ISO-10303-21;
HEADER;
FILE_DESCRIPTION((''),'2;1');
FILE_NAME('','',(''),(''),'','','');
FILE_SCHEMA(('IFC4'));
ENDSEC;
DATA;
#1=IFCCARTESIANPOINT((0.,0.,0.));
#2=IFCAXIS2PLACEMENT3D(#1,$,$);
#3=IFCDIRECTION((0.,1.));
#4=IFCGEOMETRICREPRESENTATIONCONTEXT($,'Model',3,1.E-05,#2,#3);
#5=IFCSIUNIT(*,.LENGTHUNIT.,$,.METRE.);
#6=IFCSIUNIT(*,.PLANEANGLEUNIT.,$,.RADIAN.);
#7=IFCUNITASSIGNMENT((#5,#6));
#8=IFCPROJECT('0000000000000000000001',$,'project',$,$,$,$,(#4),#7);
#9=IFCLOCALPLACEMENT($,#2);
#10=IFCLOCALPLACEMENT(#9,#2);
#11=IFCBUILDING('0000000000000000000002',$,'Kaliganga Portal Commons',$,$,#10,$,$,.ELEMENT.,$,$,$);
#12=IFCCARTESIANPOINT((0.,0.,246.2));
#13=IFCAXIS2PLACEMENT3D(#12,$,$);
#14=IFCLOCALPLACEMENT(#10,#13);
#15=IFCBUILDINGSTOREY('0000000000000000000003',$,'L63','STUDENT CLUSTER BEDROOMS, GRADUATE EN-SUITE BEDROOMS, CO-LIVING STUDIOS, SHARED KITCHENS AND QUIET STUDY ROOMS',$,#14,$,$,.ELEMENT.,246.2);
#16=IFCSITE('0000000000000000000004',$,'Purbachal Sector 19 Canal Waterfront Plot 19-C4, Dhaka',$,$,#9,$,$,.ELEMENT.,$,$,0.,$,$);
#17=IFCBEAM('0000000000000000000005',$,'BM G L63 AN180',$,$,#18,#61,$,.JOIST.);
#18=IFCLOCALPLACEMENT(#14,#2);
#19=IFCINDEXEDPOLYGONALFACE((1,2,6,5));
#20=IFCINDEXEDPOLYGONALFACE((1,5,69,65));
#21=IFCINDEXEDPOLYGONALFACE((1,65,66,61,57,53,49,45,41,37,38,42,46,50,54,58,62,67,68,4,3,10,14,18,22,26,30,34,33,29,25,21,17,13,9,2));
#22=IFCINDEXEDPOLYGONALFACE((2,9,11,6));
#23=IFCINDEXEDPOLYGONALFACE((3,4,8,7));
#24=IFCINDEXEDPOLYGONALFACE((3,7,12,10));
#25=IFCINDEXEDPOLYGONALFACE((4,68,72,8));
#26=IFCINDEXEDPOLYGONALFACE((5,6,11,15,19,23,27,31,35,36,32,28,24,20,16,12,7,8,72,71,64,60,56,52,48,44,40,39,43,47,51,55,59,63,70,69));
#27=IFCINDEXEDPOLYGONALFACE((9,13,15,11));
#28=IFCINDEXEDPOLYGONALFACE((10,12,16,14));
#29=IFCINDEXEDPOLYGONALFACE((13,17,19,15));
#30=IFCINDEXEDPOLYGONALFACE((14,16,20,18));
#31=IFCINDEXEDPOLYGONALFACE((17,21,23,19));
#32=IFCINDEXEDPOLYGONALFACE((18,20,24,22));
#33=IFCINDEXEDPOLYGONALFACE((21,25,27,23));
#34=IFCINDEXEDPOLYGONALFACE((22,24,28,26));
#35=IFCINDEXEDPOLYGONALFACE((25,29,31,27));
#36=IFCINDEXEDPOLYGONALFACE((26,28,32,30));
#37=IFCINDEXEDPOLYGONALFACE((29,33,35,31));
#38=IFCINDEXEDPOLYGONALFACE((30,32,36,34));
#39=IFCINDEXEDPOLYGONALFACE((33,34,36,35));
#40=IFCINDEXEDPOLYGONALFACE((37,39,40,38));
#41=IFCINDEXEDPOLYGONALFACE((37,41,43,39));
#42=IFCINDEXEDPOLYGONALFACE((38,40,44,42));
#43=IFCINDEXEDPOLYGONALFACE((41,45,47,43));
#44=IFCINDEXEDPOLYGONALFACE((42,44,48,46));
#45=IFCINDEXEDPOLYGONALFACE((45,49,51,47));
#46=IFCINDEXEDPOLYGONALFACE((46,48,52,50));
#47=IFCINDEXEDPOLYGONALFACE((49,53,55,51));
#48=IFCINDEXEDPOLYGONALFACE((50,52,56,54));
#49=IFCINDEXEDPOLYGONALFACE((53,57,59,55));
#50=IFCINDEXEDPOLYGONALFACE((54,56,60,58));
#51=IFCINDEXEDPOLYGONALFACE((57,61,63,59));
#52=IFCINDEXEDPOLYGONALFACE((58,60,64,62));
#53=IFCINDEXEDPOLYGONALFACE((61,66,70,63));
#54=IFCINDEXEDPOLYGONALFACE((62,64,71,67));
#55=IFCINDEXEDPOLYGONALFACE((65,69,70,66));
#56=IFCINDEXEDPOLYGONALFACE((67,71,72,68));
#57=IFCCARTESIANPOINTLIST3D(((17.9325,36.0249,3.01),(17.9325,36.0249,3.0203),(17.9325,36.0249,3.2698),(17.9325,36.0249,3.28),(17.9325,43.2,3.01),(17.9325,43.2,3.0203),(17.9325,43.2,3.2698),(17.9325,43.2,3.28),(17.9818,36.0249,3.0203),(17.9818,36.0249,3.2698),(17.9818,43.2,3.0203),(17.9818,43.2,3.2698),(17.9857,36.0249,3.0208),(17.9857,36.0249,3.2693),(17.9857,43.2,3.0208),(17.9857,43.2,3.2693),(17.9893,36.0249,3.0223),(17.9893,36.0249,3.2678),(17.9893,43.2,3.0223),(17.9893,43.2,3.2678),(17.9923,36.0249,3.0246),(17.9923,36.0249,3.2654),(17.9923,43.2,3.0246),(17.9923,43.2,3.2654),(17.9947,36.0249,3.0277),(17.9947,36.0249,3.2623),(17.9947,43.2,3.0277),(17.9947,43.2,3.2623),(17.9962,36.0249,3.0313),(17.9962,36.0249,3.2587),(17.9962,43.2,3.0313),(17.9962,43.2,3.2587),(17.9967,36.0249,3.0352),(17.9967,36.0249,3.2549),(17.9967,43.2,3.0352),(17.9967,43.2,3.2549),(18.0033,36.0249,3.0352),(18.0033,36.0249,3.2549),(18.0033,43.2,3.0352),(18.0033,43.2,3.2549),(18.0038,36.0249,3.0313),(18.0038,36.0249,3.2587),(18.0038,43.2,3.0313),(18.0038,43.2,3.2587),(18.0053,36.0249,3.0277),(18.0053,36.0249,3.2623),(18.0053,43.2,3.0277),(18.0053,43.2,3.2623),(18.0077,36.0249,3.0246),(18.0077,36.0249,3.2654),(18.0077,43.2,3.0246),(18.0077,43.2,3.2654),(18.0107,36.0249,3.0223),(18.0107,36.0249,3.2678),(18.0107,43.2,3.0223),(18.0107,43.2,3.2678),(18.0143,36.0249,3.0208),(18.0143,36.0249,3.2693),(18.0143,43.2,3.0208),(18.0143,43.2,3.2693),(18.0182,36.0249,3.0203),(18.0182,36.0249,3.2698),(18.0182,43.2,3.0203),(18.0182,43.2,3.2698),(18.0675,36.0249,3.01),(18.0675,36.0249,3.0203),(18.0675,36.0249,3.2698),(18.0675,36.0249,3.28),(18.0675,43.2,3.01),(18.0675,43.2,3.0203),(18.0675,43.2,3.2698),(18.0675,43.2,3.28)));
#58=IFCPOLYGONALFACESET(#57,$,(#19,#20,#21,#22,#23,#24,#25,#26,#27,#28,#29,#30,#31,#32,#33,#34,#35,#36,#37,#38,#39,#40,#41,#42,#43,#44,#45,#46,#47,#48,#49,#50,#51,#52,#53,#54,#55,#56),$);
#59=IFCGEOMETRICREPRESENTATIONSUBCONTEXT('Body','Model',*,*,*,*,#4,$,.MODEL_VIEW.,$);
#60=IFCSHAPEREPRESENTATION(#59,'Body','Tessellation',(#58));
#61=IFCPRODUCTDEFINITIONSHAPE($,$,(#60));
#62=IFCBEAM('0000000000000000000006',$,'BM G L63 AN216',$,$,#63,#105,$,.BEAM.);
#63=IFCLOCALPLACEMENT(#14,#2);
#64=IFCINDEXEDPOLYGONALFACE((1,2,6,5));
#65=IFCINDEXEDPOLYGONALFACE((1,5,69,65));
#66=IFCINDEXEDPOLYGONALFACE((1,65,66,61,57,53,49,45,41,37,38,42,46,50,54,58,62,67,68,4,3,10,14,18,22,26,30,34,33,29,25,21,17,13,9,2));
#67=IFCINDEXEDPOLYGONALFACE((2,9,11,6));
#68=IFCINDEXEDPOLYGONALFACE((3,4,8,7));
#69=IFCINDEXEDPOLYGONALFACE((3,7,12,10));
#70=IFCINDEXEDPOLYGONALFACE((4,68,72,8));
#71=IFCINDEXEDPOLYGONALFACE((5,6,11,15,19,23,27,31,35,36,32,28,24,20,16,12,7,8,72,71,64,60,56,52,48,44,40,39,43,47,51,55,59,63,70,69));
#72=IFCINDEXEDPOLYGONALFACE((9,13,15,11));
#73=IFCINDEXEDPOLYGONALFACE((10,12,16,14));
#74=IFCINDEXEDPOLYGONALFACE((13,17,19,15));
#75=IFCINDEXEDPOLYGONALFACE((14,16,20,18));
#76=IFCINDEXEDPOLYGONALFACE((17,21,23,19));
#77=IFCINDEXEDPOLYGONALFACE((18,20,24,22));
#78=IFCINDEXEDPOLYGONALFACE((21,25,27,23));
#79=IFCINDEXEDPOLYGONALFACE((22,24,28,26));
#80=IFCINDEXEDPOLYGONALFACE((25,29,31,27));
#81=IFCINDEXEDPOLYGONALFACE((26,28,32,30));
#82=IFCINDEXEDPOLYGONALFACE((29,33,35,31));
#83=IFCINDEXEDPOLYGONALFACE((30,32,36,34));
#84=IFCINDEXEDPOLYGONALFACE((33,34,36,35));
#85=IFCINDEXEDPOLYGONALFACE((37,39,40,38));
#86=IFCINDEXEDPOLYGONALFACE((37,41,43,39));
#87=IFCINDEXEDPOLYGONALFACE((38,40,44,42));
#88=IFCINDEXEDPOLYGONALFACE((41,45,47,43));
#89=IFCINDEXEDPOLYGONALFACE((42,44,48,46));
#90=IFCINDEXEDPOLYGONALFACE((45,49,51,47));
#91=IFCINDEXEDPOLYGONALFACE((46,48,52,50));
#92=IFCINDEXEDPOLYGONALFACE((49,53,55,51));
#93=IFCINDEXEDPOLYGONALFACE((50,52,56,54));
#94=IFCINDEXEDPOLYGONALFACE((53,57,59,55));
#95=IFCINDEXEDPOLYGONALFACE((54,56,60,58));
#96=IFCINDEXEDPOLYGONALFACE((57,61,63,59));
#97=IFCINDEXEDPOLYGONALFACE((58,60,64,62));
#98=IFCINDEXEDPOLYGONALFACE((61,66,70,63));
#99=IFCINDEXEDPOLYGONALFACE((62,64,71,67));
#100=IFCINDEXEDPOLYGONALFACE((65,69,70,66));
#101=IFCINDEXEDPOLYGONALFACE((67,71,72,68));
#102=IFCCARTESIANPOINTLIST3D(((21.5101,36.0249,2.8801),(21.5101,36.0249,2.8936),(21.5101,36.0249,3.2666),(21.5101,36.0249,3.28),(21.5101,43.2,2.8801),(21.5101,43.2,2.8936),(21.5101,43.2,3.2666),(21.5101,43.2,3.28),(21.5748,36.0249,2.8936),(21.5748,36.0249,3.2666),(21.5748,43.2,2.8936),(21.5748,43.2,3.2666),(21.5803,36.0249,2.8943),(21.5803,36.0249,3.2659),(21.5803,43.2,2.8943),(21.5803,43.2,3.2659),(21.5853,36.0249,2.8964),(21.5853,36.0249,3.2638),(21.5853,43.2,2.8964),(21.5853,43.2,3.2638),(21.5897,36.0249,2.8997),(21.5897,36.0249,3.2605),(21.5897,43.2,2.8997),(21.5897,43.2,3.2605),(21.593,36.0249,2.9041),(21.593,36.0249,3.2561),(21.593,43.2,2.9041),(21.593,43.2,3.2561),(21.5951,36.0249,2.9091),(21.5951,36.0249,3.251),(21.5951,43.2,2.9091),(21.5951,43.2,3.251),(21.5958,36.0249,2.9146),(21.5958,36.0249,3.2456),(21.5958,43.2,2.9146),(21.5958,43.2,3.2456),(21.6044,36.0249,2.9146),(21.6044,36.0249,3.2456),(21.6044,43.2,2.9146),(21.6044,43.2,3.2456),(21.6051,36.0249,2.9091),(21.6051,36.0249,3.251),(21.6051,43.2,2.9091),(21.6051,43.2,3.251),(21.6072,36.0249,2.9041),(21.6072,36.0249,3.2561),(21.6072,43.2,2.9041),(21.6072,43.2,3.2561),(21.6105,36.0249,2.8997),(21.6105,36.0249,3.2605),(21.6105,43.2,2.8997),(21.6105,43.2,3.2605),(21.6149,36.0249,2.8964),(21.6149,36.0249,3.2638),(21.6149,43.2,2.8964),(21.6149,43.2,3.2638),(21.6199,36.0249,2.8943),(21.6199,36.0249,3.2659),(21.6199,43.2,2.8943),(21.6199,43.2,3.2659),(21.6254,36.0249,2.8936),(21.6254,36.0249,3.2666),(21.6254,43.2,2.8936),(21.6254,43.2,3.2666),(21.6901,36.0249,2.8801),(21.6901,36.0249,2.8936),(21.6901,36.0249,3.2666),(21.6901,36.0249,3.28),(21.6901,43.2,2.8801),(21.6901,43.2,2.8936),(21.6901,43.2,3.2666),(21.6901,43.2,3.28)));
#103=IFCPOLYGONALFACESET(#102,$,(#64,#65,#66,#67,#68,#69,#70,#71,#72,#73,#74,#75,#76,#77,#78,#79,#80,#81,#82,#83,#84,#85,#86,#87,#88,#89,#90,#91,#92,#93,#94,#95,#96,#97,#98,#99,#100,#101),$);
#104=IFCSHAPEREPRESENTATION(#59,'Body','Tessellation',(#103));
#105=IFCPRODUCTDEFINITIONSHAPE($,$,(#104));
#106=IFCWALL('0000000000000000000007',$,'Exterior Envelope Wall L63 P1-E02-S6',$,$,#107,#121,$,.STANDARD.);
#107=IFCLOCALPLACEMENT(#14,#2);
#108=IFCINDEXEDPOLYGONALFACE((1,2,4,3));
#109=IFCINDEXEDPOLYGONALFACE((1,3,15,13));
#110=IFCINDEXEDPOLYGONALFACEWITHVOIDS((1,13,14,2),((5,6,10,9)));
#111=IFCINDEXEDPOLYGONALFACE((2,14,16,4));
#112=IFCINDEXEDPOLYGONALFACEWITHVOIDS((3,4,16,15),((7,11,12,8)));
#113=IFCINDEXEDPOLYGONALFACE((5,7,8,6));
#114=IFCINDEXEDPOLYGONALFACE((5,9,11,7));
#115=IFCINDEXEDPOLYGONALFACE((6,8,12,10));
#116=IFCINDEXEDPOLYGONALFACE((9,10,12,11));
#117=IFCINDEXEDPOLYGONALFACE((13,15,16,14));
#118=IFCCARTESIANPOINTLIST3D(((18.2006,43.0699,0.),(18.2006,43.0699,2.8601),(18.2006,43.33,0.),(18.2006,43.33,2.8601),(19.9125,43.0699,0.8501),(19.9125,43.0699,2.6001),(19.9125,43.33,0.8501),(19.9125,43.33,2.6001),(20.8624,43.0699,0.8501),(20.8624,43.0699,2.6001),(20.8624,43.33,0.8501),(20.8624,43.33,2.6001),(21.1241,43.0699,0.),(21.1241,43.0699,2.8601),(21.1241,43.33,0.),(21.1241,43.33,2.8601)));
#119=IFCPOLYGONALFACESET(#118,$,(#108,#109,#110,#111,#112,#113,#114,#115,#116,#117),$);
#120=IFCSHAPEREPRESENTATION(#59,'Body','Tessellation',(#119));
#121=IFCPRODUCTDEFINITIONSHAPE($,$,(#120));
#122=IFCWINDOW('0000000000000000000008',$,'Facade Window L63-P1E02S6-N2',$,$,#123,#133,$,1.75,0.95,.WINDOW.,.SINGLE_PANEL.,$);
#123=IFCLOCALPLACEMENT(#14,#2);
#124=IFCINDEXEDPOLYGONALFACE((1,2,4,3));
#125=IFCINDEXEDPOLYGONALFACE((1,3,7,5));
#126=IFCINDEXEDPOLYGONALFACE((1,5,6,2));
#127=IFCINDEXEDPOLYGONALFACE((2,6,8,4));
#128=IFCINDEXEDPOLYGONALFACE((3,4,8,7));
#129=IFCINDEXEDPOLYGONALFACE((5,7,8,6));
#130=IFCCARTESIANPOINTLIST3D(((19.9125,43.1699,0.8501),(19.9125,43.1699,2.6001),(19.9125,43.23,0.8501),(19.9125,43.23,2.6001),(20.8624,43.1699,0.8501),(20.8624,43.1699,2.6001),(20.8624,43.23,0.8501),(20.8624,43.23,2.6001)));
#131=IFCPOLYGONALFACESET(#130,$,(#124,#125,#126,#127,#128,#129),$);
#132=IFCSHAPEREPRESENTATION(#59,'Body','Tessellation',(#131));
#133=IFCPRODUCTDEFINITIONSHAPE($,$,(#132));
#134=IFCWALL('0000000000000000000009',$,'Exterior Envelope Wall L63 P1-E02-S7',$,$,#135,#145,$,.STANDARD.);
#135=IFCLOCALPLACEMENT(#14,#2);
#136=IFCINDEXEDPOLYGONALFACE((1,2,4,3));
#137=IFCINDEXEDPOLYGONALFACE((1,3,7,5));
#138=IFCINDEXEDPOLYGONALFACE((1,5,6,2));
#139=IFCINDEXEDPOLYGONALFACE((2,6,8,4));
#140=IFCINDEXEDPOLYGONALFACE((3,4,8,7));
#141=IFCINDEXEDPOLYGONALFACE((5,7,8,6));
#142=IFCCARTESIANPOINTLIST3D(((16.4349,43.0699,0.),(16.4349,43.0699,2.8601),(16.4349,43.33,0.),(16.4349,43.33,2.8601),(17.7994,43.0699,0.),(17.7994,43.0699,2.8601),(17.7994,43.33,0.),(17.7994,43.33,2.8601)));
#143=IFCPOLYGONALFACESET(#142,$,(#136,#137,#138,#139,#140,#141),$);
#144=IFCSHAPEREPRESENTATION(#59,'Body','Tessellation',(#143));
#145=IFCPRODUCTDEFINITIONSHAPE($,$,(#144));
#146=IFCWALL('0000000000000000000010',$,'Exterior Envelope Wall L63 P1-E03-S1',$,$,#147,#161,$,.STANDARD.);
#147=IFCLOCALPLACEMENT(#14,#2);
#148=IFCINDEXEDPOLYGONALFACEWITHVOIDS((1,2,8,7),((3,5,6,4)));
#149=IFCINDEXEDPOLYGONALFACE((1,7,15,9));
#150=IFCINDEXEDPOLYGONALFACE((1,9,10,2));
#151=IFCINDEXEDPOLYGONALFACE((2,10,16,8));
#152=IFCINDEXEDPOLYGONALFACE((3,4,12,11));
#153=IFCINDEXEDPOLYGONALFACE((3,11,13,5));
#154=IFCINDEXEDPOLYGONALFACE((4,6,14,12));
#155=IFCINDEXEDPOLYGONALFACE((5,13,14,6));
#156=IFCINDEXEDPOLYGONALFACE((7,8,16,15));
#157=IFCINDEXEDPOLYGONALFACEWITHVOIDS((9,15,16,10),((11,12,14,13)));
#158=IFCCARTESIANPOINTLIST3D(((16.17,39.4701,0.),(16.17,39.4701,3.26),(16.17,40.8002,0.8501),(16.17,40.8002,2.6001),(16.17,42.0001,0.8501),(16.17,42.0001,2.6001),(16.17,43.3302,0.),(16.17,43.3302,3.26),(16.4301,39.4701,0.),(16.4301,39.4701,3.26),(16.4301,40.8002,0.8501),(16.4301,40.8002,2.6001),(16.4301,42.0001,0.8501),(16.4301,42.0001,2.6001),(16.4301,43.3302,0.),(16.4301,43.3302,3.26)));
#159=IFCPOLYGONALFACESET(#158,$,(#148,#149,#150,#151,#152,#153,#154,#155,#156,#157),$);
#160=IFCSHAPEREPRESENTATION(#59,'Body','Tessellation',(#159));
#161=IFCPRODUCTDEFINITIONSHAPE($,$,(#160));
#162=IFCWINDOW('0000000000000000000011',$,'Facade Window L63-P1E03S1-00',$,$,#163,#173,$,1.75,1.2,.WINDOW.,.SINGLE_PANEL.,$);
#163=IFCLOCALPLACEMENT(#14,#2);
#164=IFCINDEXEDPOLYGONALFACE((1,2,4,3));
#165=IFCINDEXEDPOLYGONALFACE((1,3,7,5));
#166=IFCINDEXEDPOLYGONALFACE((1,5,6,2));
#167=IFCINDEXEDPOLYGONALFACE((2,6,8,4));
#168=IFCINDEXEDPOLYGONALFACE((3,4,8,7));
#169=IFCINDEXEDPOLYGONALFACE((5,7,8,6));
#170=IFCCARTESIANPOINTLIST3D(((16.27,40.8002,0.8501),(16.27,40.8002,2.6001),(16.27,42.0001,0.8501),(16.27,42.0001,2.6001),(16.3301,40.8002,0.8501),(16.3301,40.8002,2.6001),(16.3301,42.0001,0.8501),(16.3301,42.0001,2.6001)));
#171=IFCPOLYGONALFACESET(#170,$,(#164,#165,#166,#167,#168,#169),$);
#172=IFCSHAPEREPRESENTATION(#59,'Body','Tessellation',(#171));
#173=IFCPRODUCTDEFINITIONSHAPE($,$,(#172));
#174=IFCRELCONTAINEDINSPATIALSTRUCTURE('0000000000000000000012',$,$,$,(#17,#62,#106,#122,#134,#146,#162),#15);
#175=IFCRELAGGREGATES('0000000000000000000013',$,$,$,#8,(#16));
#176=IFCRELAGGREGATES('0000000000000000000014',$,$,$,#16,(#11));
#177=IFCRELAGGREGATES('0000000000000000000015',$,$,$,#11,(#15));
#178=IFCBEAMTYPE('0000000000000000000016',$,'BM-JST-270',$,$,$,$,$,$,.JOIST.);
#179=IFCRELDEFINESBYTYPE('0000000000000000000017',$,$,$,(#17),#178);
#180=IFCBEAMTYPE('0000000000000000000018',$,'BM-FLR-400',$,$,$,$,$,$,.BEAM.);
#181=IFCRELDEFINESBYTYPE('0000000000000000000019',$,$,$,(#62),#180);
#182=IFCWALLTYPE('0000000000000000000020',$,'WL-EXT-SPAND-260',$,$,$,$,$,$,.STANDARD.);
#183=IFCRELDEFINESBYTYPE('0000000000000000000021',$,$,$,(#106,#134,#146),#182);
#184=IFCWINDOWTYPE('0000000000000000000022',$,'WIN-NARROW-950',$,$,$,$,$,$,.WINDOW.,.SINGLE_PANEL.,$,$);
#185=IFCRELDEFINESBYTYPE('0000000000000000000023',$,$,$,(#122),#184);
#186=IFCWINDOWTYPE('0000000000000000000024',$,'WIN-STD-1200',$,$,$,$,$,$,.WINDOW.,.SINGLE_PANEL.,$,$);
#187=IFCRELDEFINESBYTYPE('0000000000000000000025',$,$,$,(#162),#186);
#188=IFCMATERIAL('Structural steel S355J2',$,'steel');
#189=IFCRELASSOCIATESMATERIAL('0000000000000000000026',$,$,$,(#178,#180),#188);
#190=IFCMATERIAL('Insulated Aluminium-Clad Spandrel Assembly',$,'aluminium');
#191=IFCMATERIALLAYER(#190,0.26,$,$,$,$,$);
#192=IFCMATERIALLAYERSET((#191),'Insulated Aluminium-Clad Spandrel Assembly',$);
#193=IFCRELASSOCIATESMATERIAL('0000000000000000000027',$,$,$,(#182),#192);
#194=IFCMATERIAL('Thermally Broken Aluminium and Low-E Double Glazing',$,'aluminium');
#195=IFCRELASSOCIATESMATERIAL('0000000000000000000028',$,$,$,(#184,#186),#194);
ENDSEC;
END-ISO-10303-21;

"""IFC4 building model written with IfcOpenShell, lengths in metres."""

from ifc_helpers import new_model, si_unit, direction, frame, frame_2d, origin, origin_2d, place, context, subcontext, project, spatial, rectangle, i_section, extrude, source, transform, mapped, material, layer, layer_set, material_profile, profile_set, type_object, element, fill, save


model = new_model("IFC4")

# Units and contexts
model_context = context("Model", 3, precision=1e-05, world=origin(), true_north=direction((0.0, 1.0)))
body_context = subcontext(model_context, "Body", "Model", "MODEL_VIEW")
ifc_project = project(units=[si_unit("LENGTHUNIT", "METRE"), si_unit("PLANEANGLEUNIT", "RADIAN")], contexts=[model_context])

# Site, building, storey
site_placement = place(None, origin())
site = spatial("IfcSite", under=ifc_project, at=site_placement, Name="Purbachal Sector 19 Canal Waterfront Plot 19-C4, Dhaka", CompositionType="ELEMENT", RefElevation=0.0)
building_placement = place(site_placement, origin())
building = spatial("IfcBuilding", under=site, at=building_placement, Name="Kaliganga Portal Commons", CompositionType="ELEMENT")
storey_placement = place(building_placement, frame((0.0, 0.0, 246.2)))
storey = spatial("IfcBuildingStorey", under=building, at=storey_placement, Name="L63", Description="STUDENT CLUSTER BEDROOMS, GRADUATE EN-SUITE BEDROOMS, CO-LIVING STUDIOS, SHARED KITCHENS AND QUIET STUDY ROOMS", CompositionType="ELEMENT", Elevation=246.2)

# Shared definitions
ifc_material_1 = material(Name="Structural steel S355J2", Category="steel")

# Beams
ifc_material_profile_1 = material_profile(ifc_material_1, i_section(OverallWidth=0.135, OverallDepth=0.27, WebThickness=0.0066, FlangeThickness=0.0103, FilletRadius=0.0149, at=origin_2d()), Name="IPE 270")
ifc_profile_set_1 = profile_set([ifc_material_profile_1], Name="Structural steel S355J2 wide-flange")
beam_type_1 = type_object("IfcBeamType", Name="BM-JST-270", PredefinedType="JOIST", material=ifc_profile_set_1)
shared_shape_1 = source(origin(), body_context, "Body", "SweptSolid", [
    extrude(i_section(OverallWidth=0.135, OverallDepth=0.27, WebThickness=0.0066, FlangeThickness=0.0103, FilletRadius=0.0149, at=origin_2d()), origin(), (0.0, 0.0, 1.0), 7.175),
])
beam_1_placement = place(storey_placement, frame((18.0, 36.0249, 3.145), z_axis=(0.0, 1.0, 0.0), x_axis=(-1.0, 0.0, 0.0)))
element("IfcBeam", 1, at=beam_1_placement, inside=storey, type_object=beam_type_1, Name="BM G L63 AN180", PredefinedType="JOIST", context=body_context, shape_type="MappedRepresentation", body=[
    mapped(shared_shape_1, transform((0.0, 0.0, 0.0), x_axis=(1.0, 0.0, 0.0), y_axis=(0.0, 1.0, 0.0), z_axis=(0.0, 0.0, 1.0), scale=1.0)),
])
ifc_material_profile_2 = material_profile(ifc_material_1, i_section(OverallWidth=0.1799, OverallDepth=0.3999, WebThickness=0.0085, FlangeThickness=0.0134, FilletRadius=0.021, at=origin_2d()), Name="IPE 400")
ifc_profile_set_2 = profile_set([ifc_material_profile_2], Name="Structural steel S355J2 wide-flange")
beam_type_2 = type_object("IfcBeamType", Name="BM-FLR-400", PredefinedType="BEAM", material=ifc_profile_set_2)
shared_shape_2 = source(origin(), body_context, "Body", "SweptSolid", [
    extrude(i_section(OverallWidth=0.1799, OverallDepth=0.3999, WebThickness=0.0085, FlangeThickness=0.0134, FilletRadius=0.021, at=origin_2d()), origin(), (0.0, 0.0, 1.0), 7.175),
])
beam_2_placement = place(storey_placement, frame((21.6001, 36.0249, 3.0801), z_axis=(0.0, 1.0, 0.0), x_axis=(-1.0, 0.0, 0.0)))
element("IfcBeam", 2, at=beam_2_placement, inside=storey, type_object=beam_type_2, Name="BM G L63 AN216", PredefinedType="BEAM", context=body_context, shape_type="MappedRepresentation", body=[
    mapped(shared_shape_2, transform((0.0, 0.0, 0.0), x_axis=(1.0, 0.0, 0.0), y_axis=(0.0, 1.0, 0.0), z_axis=(0.0, 0.0, 1.0), scale=1.0)),
])

# Wall, opening, window
ifc_material_2 = material(Name="Insulated Aluminium-Clad Spandrel Assembly", Category="aluminium")
ifc_layer_1 = layer(ifc_material_2, 0.26)
ifc_layer_set_1 = layer_set([ifc_layer_1], Name="Insulated Aluminium-Clad Spandrel Assembly")
wall_type_1 = type_object("IfcWallType", Name="WL-EXT-SPAND-260", PredefinedType="STANDARD", material=ifc_layer_set_1)
wall_1_placement = place(storey_placement, frame((18.2004, 43.2, 0.0), z_axis=(0.0, 0.0, 1.0), x_axis=(1.0, 0.0, 0.0)))
wall_1 = element("IfcWall", 3, at=wall_1_placement, inside=storey, type_object=wall_type_1, Name="Exterior Envelope Wall L63 P1-E02-S6", PredefinedType="STANDARD", context=body_context, shape_type="SweptSolid", body=[
    extrude(rectangle(XDim=2.9236, YDim=0.26, at=frame_2d((1.4619, 0.0))), origin(), (0.0, 0.0, 1.0), 2.8601),
])
opening_1_placement = place(wall_1_placement, frame((1.7119, 0.0, 0.8501)))
opening_1 = element("IfcOpeningElement", 4, at=opening_1_placement, cuts=wall_1, PredefinedType="OPENING", context=body_context, shape_type="SweptSolid", body=[
    extrude(rectangle(XDim=0.95, YDim=1.75, at=frame_2d((0.4751, 0.875))), frame((0.0, 0.1401, 0.0), z_axis=(0.0, -1.0, 0.0), x_axis=(1.0, 0.0, 0.0)), (0.0, 0.0, 1.0), 0.28),
])
ifc_material_3 = material(Name="Thermally Broken Aluminium and Low-E Double Glazing", Category="aluminium")
window_type_1 = type_object("IfcWindowType", Name="WIN-NARROW-950", PartitioningType="SINGLE_PANEL", PredefinedType="WINDOW", material=ifc_material_3)
window_1_placement = place(opening_1_placement, origin())
window_1 = element("IfcWindow", 5, at=window_1_placement, inside=storey, type_object=window_type_1, Name="Facade Window L63-P1E02S6-N2", OverallHeight=1.75, OverallWidth=0.95, PartitioningType="SINGLE_PANEL", PredefinedType="WINDOW", context=body_context, shape_type="SweptSolid", body=[
    extrude(rectangle(XDim=0.95, YDim=1.75, at=frame_2d((0.4751, 0.875))), frame((0.0, 0.03, 0.0), z_axis=(0.0, -1.0, 0.0), x_axis=(1.0, 0.0, 0.0)), (0.0, 0.0, 1.0), 0.0601),
])
fill(opening_1, window_1)

# Wall
wall_2_placement = place(storey_placement, frame((16.4351, 43.2, 0.0), z_axis=(0.0, 0.0, 1.0), x_axis=(1.0, 0.0, 0.0)))
element("IfcWall", 6, at=wall_2_placement, inside=storey, type_object=wall_type_1, Name="Exterior Envelope Wall L63 P1-E02-S7", PredefinedType="STANDARD", context=body_context, shape_type="SweptSolid", body=[
    extrude(rectangle(XDim=1.3645, YDim=0.26, at=frame_2d((0.6821, 0.0))), origin(), (0.0, 0.0, 1.0), 2.8601),
])

# Wall, opening, window
wall_3_placement = place(storey_placement, frame((16.3, 39.47, 0.0), z_axis=(0.0, 0.0, 1.0), x_axis=(0.0, 1.0, 0.0)))
wall_3 = element("IfcWall", 7, at=wall_3_placement, inside=storey, type_object=wall_type_1, Name="Exterior Envelope Wall L63 P1-E03-S1", PredefinedType="STANDARD", context=body_context, shape_type="SweptSolid", body=[
    extrude(rectangle(XDim=3.8601, YDim=0.26, at=frame_2d((1.9302, 0.0))), origin(), (0.0, 0.0, 1.0), 3.26),
])
opening_2_placement = place(wall_3_placement, frame((1.3301, 0.0, 0.8501)))
opening_2 = element("IfcOpeningElement", 8, at=opening_2_placement, cuts=wall_3, PredefinedType="OPENING", context=body_context, shape_type="SweptSolid", body=[
    extrude(rectangle(XDim=1.2, YDim=1.75, at=frame_2d((0.6001, 0.875))), frame((0.0, 0.1401, 0.0), z_axis=(0.0, -1.0, 0.0), x_axis=(1.0, 0.0, 0.0)), (0.0, 0.0, 1.0), 0.28),
])
window_type_2 = type_object("IfcWindowType", Name="WIN-STD-1200", PartitioningType="SINGLE_PANEL", PredefinedType="WINDOW", material=ifc_material_3)
window_2_placement = place(opening_2_placement, origin())
window_2 = element("IfcWindow", 9, at=window_2_placement, inside=storey, type_object=window_type_2, Name="Facade Window L63-P1E03S1-00", OverallHeight=1.75, OverallWidth=1.2, PartitioningType="SINGLE_PANEL", PredefinedType="WINDOW", context=body_context, shape_type="SweptSolid", body=[
    extrude(rectangle(XDim=1.2, YDim=1.75, at=frame_2d((0.6001, 0.875))), frame((0.0, 0.03, 0.0), z_axis=(0.0, -1.0, 0.0), x_axis=(1.0, 0.0, 0.0)), (0.0, 0.0, 1.0), 0.0601),
])
fill(opening_2, window_2)

save(model, "model.ifc")
